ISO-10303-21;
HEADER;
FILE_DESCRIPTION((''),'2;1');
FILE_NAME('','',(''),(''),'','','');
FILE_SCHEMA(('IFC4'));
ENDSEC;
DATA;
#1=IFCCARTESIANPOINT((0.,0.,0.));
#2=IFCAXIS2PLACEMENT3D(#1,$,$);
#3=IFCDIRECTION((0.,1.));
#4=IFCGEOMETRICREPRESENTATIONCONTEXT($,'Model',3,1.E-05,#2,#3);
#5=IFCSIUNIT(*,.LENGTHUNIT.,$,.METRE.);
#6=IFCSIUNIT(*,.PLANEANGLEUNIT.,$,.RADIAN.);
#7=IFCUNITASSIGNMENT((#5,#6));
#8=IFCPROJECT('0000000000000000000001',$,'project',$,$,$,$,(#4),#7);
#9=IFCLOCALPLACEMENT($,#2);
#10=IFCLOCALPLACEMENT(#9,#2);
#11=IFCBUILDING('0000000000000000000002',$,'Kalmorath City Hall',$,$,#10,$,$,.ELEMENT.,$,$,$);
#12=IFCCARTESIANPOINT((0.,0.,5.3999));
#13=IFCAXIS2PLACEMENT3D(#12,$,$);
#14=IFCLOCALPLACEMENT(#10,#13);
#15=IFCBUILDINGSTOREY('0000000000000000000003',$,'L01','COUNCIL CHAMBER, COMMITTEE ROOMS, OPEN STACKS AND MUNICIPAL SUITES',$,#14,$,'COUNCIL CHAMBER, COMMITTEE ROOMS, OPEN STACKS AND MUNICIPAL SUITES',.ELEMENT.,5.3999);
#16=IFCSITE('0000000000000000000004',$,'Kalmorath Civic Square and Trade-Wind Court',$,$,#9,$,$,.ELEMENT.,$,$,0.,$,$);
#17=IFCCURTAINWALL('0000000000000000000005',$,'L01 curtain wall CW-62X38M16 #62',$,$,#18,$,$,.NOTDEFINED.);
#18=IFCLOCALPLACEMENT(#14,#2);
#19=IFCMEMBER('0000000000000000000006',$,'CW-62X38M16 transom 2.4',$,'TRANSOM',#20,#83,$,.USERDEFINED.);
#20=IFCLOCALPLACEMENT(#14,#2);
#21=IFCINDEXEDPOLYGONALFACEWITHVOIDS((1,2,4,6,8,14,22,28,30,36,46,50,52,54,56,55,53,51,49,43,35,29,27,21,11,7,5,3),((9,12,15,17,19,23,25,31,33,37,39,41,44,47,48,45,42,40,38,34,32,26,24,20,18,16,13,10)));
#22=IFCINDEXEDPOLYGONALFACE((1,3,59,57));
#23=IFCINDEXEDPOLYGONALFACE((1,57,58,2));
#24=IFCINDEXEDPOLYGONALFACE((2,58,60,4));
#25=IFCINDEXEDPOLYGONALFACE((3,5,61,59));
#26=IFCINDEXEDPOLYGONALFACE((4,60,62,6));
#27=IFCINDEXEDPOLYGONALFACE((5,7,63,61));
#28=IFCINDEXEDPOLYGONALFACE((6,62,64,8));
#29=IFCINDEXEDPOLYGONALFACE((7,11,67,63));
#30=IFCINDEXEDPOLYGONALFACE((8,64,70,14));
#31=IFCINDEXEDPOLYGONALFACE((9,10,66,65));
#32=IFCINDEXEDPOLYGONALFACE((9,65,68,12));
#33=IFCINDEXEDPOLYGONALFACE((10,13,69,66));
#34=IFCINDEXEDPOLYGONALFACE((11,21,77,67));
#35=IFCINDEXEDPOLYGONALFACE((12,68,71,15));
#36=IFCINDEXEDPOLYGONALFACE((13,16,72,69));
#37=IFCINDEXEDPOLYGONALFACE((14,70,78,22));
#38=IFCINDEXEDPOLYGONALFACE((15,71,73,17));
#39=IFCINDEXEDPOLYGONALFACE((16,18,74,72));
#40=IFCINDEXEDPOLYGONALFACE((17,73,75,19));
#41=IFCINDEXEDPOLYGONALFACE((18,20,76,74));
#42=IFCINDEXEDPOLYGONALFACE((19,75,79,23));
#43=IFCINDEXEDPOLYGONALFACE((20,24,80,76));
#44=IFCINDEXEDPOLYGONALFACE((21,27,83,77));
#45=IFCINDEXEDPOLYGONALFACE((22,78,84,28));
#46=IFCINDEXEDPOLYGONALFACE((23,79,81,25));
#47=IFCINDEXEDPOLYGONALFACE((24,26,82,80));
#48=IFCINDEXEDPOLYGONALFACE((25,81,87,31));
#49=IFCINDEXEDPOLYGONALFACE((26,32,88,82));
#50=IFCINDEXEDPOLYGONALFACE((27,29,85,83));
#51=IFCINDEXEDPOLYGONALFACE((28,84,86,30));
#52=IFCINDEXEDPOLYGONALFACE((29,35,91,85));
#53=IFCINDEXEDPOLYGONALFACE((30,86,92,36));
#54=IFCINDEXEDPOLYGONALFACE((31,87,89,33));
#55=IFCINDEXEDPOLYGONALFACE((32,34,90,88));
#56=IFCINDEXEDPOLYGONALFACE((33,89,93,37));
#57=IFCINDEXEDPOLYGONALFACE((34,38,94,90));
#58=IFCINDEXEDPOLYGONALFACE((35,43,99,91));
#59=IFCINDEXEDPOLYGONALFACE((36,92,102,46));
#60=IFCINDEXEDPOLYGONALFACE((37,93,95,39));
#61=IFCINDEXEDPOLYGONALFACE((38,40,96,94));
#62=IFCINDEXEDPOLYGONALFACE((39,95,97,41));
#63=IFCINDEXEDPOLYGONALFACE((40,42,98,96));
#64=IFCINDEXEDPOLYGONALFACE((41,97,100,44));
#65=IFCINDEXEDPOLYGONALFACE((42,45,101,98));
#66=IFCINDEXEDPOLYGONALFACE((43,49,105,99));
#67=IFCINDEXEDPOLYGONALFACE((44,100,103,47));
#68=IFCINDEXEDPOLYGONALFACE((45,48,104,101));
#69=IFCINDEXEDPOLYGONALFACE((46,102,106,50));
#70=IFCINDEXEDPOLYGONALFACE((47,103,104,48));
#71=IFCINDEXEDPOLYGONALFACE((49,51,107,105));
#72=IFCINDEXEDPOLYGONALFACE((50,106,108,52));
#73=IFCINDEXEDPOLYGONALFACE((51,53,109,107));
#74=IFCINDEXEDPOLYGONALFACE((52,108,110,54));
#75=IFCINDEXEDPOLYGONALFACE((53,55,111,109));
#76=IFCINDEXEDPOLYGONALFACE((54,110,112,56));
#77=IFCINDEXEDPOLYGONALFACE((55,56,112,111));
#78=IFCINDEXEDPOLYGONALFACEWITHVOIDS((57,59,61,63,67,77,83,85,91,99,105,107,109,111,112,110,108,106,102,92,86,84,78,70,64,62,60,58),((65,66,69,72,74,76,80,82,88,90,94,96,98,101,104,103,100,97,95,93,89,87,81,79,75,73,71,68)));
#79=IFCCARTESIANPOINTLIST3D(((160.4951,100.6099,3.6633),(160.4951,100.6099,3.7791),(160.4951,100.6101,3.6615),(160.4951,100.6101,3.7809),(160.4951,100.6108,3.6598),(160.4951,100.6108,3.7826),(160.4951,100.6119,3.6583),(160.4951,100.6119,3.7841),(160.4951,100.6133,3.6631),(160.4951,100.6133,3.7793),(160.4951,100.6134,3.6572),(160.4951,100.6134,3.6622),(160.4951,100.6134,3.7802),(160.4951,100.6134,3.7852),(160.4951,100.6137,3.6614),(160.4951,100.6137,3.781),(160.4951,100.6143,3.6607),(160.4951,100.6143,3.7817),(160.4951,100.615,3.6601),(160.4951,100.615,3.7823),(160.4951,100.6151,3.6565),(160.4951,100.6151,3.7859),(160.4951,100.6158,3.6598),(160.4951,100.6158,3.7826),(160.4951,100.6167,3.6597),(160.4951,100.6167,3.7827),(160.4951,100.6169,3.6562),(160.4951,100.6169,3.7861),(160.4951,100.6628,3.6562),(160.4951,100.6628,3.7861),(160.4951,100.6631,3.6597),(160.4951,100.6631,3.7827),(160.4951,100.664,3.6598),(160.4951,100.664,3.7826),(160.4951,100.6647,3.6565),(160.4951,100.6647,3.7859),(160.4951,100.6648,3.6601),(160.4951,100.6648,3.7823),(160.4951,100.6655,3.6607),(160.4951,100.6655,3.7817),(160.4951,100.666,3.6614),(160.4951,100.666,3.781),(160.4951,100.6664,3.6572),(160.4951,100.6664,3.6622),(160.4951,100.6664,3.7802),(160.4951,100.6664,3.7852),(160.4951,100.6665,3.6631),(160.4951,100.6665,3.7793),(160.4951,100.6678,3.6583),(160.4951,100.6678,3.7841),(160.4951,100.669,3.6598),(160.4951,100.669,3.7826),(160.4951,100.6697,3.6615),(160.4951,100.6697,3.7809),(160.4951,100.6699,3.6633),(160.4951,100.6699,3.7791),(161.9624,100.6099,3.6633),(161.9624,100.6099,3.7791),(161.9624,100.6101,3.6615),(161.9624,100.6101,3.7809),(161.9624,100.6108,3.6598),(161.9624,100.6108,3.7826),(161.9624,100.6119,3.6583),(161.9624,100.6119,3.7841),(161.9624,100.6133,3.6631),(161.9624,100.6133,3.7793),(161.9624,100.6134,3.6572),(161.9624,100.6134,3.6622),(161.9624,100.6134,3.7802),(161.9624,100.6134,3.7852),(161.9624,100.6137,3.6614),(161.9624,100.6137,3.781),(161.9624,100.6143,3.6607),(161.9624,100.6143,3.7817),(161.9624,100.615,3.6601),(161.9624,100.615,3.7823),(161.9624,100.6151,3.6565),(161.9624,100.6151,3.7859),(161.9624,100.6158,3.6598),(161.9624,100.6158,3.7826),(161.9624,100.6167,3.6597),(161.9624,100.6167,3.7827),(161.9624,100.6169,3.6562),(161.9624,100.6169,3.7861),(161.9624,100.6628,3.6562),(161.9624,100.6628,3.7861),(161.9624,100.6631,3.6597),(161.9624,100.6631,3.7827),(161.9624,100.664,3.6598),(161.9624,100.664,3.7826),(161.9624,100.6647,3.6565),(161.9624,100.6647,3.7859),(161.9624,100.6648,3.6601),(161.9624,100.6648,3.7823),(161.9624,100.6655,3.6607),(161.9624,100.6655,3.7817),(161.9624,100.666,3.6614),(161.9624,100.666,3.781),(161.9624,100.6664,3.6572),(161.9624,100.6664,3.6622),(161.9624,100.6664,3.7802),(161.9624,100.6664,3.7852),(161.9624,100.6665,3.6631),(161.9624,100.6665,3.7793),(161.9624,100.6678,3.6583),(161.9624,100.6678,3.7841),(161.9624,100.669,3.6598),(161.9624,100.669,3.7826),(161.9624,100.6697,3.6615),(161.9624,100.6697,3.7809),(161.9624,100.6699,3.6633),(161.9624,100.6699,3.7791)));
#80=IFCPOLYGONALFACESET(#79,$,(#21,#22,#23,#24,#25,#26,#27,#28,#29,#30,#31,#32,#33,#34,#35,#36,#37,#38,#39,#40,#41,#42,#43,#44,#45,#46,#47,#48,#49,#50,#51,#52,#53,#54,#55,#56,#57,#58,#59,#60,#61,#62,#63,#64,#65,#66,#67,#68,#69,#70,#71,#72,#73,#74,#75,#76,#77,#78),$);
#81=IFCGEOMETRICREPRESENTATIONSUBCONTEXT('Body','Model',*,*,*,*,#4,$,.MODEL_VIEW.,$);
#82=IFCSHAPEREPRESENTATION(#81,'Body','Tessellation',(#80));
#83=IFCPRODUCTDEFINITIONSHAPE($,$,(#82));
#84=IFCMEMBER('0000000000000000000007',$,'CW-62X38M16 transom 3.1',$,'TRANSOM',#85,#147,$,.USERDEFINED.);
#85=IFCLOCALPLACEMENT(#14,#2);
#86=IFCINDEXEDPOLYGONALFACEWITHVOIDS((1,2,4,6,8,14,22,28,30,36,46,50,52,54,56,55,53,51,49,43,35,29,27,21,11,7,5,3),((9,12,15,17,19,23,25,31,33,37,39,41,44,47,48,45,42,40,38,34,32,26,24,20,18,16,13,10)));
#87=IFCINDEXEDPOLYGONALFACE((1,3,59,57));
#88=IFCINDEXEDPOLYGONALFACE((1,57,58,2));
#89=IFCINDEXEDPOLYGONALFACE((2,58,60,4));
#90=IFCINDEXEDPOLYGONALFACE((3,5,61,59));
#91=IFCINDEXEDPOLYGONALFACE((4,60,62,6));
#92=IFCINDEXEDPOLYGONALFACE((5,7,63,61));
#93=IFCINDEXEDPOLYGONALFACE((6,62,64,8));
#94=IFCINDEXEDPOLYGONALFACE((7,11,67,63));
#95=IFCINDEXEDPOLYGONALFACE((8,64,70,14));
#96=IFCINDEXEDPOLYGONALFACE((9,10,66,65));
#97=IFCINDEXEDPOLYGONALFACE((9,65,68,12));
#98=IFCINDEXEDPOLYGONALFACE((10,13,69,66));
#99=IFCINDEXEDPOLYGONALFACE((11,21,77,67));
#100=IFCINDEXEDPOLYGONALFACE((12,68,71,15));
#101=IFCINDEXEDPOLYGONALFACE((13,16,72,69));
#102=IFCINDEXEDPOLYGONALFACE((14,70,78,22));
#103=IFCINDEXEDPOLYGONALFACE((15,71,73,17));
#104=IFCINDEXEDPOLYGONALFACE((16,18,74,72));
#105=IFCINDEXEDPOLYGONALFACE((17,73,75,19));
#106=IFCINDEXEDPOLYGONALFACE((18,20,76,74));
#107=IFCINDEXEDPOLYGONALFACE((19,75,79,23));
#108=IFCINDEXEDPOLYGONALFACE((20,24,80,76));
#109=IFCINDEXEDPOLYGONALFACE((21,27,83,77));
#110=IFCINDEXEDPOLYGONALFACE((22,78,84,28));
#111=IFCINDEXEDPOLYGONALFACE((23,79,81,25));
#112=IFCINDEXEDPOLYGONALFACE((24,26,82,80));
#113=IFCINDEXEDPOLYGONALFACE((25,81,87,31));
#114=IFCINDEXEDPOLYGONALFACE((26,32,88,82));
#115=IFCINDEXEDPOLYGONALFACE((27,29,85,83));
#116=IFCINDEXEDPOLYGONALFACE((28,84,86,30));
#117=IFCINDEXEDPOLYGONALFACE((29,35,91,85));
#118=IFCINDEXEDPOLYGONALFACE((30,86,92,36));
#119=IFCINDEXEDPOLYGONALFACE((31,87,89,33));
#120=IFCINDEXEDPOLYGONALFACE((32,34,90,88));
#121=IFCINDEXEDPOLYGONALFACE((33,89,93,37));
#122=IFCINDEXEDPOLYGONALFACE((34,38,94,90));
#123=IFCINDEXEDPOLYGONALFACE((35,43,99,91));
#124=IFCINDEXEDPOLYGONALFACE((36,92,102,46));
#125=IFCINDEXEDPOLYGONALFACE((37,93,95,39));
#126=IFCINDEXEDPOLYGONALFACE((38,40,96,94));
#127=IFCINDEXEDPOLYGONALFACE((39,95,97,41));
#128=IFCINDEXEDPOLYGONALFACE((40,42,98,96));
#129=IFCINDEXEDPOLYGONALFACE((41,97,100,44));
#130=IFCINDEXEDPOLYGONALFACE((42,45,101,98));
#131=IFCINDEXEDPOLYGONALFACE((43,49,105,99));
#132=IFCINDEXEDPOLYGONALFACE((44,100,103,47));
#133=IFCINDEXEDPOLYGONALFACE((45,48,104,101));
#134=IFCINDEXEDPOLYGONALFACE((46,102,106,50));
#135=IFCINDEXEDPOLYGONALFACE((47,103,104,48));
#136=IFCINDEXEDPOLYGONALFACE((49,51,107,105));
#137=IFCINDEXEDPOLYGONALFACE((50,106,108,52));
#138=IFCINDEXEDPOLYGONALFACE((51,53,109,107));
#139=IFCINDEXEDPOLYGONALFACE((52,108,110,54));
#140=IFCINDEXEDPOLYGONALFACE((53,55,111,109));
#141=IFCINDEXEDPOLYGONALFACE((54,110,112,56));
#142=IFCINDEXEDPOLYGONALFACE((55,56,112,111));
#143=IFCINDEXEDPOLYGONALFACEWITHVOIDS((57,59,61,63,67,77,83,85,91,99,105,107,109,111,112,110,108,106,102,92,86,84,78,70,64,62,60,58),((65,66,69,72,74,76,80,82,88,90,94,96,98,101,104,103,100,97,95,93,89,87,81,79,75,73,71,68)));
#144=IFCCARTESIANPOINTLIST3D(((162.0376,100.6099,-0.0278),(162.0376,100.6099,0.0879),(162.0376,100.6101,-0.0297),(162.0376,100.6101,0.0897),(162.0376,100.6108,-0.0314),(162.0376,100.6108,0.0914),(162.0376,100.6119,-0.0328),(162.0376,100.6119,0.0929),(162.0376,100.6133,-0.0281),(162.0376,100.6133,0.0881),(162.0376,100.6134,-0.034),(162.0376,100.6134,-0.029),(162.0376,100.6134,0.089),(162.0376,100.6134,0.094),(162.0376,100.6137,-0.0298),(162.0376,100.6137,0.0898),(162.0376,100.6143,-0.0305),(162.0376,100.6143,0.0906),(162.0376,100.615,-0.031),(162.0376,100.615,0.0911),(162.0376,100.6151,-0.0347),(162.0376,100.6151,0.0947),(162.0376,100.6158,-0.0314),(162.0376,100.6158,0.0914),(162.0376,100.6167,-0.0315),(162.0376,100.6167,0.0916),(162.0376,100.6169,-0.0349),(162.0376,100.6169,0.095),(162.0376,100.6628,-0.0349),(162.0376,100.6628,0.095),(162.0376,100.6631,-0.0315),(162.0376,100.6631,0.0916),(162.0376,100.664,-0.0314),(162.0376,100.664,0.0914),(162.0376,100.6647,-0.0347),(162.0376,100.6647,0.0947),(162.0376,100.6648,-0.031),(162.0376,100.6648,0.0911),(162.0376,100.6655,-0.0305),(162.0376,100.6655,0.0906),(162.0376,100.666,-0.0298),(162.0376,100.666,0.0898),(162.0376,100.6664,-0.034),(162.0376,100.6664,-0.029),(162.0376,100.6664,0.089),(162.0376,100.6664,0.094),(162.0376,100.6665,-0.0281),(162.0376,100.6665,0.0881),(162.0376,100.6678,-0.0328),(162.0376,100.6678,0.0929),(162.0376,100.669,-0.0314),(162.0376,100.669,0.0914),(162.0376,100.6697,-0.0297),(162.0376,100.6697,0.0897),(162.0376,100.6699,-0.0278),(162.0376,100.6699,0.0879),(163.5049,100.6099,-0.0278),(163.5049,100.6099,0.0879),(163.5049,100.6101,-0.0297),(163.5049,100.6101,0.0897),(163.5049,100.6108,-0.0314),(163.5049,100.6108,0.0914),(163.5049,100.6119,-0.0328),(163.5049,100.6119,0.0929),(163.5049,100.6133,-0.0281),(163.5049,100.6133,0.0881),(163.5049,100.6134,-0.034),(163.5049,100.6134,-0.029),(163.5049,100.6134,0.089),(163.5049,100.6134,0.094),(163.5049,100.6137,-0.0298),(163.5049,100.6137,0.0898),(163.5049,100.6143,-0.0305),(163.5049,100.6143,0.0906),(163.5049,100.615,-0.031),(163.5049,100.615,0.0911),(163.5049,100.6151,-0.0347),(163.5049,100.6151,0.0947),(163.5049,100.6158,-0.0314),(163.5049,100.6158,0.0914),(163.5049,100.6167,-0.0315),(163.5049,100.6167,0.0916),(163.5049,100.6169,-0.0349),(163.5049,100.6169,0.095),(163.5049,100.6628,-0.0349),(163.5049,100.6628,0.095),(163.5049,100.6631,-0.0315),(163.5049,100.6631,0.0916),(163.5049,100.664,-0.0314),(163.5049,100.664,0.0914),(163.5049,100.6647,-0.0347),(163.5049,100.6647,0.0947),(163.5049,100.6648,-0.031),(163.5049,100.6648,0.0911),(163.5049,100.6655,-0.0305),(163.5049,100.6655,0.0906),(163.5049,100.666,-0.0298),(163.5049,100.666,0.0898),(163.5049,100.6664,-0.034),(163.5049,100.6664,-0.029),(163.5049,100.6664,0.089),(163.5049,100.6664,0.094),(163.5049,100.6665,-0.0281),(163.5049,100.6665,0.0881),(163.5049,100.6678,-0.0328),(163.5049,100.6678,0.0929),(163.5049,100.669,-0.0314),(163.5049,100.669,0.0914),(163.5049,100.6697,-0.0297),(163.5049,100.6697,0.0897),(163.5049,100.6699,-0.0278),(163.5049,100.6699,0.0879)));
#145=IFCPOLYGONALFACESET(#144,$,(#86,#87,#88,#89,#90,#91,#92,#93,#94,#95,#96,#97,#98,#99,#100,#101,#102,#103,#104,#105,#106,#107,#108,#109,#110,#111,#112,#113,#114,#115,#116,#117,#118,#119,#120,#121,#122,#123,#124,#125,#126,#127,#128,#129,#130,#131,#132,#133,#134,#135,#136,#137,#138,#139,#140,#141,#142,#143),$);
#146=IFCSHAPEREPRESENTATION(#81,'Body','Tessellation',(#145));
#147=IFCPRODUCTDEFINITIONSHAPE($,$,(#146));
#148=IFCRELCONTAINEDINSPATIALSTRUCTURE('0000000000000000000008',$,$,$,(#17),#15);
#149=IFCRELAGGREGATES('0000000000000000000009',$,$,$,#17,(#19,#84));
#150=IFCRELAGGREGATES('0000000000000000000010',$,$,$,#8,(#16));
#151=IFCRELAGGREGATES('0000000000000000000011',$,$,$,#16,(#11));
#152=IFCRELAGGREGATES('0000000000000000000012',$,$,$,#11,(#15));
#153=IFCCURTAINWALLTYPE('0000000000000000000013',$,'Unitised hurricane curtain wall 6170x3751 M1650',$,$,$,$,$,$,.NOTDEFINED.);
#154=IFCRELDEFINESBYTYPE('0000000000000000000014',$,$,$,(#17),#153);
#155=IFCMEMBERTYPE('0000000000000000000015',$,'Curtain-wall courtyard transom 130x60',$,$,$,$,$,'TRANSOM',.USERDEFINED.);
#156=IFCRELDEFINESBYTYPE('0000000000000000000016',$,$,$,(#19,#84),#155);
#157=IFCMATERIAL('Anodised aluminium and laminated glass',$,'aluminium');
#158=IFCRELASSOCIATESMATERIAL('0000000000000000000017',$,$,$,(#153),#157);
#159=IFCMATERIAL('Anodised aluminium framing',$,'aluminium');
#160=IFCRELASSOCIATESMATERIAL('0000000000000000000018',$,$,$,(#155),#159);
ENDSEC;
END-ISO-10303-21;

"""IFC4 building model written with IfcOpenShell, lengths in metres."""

from ifc_helpers import new_model, si_unit, direction, frame, origin, origin_2d, place, context, subcontext, project, spatial, hollow_rectangle, extrude, material, material_profile, profile_set, type_object, element, aggregate, save


model = new_model("IFC4")

# Units and contexts
model_context = context("Model", 3, precision=1e-05, world=origin(), true_north=direction((0.0, 1.0)))
body_context = subcontext(model_context, "Body", "Model", "MODEL_VIEW")
ifc_project = project(units=[si_unit("LENGTHUNIT", "METRE"), si_unit("PLANEANGLEUNIT", "RADIAN")], contexts=[model_context])

# Site, building, storey
site_placement = place(None, origin())
site = spatial("IfcSite", under=ifc_project, at=site_placement, Name="Kalmorath Civic Square and Trade-Wind Court", CompositionType="ELEMENT", RefElevation=0.0)
building_placement = place(site_placement, origin())
building = spatial("IfcBuilding", under=site, at=building_placement, Name="Kalmorath City Hall", CompositionType="ELEMENT")
storey_placement = place(building_placement, frame((0.0, 0.0, 5.3999)))
storey = spatial("IfcBuildingStorey", under=building, at=storey_placement, Name="L01", Description="COUNCIL CHAMBER, COMMITTEE ROOMS, OPEN STACKS AND MUNICIPAL SUITES", LongName="COUNCIL CHAMBER, COMMITTEE ROOMS, OPEN STACKS AND MUNICIPAL SUITES", CompositionType="ELEMENT", Elevation=5.3999)

# Curtain wall, members
ifc_material_1 = material(Name="Anodised aluminium and laminated glass", Category="aluminium")
curtain_wall_type = type_object("IfcCurtainWallType", Name="Unitised hurricane curtain wall 6170x3751 M1650", PredefinedType="NOTDEFINED", material=ifc_material_1)
curtain_wall_placement = place(storey_placement, origin())
curtain_wall = element("IfcCurtainWall", 1, at=curtain_wall_placement, inside=storey, type_object=curtain_wall_type, Name="L01 curtain wall CW-62X38M16 #62", PredefinedType="NOTDEFINED")
ifc_material_2 = material(Name="Anodised aluminium framing", Category="aluminium")
ifc_material_profile_1 = material_profile(ifc_material_2, hollow_rectangle(XDim=0.0601, YDim=0.1299, WallThickness=0.0034, InnerFilletRadius=0.0034, OuterFilletRadius=0.0071, at=origin_2d()), Name="ALU-TRN-130X60X3.5")
ifc_profile_set_1 = profile_set([ifc_material_profile_1], Name="Anodised aluminium framing")
member_type_1 = type_object("IfcMemberType", Name="Curtain-wall courtyard transom 130x60", ElementType="TRANSOM", PredefinedType="USERDEFINED", material=ifc_profile_set_1)
member_1_placement = place(storey_placement, frame((160.4951, 100.6399, 3.7212), z_axis=(1.0, 0.0, 0.0), x_axis=(0.0, 1.0, 0.0)))
member_1 = element("IfcMember", 2, at=member_1_placement, type_object=member_type_1, Name="CW-62X38M16 transom 2.4", ObjectType="TRANSOM", PredefinedType="USERDEFINED", context=body_context, shape_type="SweptSolid", body=[
    extrude(hollow_rectangle(XDim=0.0601, YDim=0.1299, WallThickness=0.0034, InnerFilletRadius=0.0034, OuterFilletRadius=0.0071, at=origin_2d()), origin(), (0.0, 0.0, 1.0), 1.4673),
])
member_2_placement = place(storey_placement, frame((162.0376, 100.6399, 0.03), z_axis=(1.0, 0.0, 0.0), x_axis=(0.0, 1.0, 0.0)))
member_2 = element("IfcMember", 3, at=member_2_placement, type_object=member_type_1, Name="CW-62X38M16 transom 3.1", ObjectType="TRANSOM", PredefinedType="USERDEFINED", context=body_context, shape_type="SweptSolid", body=[
    extrude(hollow_rectangle(XDim=0.0601, YDim=0.1299, WallThickness=0.0034, InnerFilletRadius=0.0034, OuterFilletRadius=0.0071, at=origin_2d()), origin(), (0.0, 0.0, 1.0), 1.4673),
])

aggregate(curtain_wall, [member_1, member_2])

save(model, "model.ifc")
